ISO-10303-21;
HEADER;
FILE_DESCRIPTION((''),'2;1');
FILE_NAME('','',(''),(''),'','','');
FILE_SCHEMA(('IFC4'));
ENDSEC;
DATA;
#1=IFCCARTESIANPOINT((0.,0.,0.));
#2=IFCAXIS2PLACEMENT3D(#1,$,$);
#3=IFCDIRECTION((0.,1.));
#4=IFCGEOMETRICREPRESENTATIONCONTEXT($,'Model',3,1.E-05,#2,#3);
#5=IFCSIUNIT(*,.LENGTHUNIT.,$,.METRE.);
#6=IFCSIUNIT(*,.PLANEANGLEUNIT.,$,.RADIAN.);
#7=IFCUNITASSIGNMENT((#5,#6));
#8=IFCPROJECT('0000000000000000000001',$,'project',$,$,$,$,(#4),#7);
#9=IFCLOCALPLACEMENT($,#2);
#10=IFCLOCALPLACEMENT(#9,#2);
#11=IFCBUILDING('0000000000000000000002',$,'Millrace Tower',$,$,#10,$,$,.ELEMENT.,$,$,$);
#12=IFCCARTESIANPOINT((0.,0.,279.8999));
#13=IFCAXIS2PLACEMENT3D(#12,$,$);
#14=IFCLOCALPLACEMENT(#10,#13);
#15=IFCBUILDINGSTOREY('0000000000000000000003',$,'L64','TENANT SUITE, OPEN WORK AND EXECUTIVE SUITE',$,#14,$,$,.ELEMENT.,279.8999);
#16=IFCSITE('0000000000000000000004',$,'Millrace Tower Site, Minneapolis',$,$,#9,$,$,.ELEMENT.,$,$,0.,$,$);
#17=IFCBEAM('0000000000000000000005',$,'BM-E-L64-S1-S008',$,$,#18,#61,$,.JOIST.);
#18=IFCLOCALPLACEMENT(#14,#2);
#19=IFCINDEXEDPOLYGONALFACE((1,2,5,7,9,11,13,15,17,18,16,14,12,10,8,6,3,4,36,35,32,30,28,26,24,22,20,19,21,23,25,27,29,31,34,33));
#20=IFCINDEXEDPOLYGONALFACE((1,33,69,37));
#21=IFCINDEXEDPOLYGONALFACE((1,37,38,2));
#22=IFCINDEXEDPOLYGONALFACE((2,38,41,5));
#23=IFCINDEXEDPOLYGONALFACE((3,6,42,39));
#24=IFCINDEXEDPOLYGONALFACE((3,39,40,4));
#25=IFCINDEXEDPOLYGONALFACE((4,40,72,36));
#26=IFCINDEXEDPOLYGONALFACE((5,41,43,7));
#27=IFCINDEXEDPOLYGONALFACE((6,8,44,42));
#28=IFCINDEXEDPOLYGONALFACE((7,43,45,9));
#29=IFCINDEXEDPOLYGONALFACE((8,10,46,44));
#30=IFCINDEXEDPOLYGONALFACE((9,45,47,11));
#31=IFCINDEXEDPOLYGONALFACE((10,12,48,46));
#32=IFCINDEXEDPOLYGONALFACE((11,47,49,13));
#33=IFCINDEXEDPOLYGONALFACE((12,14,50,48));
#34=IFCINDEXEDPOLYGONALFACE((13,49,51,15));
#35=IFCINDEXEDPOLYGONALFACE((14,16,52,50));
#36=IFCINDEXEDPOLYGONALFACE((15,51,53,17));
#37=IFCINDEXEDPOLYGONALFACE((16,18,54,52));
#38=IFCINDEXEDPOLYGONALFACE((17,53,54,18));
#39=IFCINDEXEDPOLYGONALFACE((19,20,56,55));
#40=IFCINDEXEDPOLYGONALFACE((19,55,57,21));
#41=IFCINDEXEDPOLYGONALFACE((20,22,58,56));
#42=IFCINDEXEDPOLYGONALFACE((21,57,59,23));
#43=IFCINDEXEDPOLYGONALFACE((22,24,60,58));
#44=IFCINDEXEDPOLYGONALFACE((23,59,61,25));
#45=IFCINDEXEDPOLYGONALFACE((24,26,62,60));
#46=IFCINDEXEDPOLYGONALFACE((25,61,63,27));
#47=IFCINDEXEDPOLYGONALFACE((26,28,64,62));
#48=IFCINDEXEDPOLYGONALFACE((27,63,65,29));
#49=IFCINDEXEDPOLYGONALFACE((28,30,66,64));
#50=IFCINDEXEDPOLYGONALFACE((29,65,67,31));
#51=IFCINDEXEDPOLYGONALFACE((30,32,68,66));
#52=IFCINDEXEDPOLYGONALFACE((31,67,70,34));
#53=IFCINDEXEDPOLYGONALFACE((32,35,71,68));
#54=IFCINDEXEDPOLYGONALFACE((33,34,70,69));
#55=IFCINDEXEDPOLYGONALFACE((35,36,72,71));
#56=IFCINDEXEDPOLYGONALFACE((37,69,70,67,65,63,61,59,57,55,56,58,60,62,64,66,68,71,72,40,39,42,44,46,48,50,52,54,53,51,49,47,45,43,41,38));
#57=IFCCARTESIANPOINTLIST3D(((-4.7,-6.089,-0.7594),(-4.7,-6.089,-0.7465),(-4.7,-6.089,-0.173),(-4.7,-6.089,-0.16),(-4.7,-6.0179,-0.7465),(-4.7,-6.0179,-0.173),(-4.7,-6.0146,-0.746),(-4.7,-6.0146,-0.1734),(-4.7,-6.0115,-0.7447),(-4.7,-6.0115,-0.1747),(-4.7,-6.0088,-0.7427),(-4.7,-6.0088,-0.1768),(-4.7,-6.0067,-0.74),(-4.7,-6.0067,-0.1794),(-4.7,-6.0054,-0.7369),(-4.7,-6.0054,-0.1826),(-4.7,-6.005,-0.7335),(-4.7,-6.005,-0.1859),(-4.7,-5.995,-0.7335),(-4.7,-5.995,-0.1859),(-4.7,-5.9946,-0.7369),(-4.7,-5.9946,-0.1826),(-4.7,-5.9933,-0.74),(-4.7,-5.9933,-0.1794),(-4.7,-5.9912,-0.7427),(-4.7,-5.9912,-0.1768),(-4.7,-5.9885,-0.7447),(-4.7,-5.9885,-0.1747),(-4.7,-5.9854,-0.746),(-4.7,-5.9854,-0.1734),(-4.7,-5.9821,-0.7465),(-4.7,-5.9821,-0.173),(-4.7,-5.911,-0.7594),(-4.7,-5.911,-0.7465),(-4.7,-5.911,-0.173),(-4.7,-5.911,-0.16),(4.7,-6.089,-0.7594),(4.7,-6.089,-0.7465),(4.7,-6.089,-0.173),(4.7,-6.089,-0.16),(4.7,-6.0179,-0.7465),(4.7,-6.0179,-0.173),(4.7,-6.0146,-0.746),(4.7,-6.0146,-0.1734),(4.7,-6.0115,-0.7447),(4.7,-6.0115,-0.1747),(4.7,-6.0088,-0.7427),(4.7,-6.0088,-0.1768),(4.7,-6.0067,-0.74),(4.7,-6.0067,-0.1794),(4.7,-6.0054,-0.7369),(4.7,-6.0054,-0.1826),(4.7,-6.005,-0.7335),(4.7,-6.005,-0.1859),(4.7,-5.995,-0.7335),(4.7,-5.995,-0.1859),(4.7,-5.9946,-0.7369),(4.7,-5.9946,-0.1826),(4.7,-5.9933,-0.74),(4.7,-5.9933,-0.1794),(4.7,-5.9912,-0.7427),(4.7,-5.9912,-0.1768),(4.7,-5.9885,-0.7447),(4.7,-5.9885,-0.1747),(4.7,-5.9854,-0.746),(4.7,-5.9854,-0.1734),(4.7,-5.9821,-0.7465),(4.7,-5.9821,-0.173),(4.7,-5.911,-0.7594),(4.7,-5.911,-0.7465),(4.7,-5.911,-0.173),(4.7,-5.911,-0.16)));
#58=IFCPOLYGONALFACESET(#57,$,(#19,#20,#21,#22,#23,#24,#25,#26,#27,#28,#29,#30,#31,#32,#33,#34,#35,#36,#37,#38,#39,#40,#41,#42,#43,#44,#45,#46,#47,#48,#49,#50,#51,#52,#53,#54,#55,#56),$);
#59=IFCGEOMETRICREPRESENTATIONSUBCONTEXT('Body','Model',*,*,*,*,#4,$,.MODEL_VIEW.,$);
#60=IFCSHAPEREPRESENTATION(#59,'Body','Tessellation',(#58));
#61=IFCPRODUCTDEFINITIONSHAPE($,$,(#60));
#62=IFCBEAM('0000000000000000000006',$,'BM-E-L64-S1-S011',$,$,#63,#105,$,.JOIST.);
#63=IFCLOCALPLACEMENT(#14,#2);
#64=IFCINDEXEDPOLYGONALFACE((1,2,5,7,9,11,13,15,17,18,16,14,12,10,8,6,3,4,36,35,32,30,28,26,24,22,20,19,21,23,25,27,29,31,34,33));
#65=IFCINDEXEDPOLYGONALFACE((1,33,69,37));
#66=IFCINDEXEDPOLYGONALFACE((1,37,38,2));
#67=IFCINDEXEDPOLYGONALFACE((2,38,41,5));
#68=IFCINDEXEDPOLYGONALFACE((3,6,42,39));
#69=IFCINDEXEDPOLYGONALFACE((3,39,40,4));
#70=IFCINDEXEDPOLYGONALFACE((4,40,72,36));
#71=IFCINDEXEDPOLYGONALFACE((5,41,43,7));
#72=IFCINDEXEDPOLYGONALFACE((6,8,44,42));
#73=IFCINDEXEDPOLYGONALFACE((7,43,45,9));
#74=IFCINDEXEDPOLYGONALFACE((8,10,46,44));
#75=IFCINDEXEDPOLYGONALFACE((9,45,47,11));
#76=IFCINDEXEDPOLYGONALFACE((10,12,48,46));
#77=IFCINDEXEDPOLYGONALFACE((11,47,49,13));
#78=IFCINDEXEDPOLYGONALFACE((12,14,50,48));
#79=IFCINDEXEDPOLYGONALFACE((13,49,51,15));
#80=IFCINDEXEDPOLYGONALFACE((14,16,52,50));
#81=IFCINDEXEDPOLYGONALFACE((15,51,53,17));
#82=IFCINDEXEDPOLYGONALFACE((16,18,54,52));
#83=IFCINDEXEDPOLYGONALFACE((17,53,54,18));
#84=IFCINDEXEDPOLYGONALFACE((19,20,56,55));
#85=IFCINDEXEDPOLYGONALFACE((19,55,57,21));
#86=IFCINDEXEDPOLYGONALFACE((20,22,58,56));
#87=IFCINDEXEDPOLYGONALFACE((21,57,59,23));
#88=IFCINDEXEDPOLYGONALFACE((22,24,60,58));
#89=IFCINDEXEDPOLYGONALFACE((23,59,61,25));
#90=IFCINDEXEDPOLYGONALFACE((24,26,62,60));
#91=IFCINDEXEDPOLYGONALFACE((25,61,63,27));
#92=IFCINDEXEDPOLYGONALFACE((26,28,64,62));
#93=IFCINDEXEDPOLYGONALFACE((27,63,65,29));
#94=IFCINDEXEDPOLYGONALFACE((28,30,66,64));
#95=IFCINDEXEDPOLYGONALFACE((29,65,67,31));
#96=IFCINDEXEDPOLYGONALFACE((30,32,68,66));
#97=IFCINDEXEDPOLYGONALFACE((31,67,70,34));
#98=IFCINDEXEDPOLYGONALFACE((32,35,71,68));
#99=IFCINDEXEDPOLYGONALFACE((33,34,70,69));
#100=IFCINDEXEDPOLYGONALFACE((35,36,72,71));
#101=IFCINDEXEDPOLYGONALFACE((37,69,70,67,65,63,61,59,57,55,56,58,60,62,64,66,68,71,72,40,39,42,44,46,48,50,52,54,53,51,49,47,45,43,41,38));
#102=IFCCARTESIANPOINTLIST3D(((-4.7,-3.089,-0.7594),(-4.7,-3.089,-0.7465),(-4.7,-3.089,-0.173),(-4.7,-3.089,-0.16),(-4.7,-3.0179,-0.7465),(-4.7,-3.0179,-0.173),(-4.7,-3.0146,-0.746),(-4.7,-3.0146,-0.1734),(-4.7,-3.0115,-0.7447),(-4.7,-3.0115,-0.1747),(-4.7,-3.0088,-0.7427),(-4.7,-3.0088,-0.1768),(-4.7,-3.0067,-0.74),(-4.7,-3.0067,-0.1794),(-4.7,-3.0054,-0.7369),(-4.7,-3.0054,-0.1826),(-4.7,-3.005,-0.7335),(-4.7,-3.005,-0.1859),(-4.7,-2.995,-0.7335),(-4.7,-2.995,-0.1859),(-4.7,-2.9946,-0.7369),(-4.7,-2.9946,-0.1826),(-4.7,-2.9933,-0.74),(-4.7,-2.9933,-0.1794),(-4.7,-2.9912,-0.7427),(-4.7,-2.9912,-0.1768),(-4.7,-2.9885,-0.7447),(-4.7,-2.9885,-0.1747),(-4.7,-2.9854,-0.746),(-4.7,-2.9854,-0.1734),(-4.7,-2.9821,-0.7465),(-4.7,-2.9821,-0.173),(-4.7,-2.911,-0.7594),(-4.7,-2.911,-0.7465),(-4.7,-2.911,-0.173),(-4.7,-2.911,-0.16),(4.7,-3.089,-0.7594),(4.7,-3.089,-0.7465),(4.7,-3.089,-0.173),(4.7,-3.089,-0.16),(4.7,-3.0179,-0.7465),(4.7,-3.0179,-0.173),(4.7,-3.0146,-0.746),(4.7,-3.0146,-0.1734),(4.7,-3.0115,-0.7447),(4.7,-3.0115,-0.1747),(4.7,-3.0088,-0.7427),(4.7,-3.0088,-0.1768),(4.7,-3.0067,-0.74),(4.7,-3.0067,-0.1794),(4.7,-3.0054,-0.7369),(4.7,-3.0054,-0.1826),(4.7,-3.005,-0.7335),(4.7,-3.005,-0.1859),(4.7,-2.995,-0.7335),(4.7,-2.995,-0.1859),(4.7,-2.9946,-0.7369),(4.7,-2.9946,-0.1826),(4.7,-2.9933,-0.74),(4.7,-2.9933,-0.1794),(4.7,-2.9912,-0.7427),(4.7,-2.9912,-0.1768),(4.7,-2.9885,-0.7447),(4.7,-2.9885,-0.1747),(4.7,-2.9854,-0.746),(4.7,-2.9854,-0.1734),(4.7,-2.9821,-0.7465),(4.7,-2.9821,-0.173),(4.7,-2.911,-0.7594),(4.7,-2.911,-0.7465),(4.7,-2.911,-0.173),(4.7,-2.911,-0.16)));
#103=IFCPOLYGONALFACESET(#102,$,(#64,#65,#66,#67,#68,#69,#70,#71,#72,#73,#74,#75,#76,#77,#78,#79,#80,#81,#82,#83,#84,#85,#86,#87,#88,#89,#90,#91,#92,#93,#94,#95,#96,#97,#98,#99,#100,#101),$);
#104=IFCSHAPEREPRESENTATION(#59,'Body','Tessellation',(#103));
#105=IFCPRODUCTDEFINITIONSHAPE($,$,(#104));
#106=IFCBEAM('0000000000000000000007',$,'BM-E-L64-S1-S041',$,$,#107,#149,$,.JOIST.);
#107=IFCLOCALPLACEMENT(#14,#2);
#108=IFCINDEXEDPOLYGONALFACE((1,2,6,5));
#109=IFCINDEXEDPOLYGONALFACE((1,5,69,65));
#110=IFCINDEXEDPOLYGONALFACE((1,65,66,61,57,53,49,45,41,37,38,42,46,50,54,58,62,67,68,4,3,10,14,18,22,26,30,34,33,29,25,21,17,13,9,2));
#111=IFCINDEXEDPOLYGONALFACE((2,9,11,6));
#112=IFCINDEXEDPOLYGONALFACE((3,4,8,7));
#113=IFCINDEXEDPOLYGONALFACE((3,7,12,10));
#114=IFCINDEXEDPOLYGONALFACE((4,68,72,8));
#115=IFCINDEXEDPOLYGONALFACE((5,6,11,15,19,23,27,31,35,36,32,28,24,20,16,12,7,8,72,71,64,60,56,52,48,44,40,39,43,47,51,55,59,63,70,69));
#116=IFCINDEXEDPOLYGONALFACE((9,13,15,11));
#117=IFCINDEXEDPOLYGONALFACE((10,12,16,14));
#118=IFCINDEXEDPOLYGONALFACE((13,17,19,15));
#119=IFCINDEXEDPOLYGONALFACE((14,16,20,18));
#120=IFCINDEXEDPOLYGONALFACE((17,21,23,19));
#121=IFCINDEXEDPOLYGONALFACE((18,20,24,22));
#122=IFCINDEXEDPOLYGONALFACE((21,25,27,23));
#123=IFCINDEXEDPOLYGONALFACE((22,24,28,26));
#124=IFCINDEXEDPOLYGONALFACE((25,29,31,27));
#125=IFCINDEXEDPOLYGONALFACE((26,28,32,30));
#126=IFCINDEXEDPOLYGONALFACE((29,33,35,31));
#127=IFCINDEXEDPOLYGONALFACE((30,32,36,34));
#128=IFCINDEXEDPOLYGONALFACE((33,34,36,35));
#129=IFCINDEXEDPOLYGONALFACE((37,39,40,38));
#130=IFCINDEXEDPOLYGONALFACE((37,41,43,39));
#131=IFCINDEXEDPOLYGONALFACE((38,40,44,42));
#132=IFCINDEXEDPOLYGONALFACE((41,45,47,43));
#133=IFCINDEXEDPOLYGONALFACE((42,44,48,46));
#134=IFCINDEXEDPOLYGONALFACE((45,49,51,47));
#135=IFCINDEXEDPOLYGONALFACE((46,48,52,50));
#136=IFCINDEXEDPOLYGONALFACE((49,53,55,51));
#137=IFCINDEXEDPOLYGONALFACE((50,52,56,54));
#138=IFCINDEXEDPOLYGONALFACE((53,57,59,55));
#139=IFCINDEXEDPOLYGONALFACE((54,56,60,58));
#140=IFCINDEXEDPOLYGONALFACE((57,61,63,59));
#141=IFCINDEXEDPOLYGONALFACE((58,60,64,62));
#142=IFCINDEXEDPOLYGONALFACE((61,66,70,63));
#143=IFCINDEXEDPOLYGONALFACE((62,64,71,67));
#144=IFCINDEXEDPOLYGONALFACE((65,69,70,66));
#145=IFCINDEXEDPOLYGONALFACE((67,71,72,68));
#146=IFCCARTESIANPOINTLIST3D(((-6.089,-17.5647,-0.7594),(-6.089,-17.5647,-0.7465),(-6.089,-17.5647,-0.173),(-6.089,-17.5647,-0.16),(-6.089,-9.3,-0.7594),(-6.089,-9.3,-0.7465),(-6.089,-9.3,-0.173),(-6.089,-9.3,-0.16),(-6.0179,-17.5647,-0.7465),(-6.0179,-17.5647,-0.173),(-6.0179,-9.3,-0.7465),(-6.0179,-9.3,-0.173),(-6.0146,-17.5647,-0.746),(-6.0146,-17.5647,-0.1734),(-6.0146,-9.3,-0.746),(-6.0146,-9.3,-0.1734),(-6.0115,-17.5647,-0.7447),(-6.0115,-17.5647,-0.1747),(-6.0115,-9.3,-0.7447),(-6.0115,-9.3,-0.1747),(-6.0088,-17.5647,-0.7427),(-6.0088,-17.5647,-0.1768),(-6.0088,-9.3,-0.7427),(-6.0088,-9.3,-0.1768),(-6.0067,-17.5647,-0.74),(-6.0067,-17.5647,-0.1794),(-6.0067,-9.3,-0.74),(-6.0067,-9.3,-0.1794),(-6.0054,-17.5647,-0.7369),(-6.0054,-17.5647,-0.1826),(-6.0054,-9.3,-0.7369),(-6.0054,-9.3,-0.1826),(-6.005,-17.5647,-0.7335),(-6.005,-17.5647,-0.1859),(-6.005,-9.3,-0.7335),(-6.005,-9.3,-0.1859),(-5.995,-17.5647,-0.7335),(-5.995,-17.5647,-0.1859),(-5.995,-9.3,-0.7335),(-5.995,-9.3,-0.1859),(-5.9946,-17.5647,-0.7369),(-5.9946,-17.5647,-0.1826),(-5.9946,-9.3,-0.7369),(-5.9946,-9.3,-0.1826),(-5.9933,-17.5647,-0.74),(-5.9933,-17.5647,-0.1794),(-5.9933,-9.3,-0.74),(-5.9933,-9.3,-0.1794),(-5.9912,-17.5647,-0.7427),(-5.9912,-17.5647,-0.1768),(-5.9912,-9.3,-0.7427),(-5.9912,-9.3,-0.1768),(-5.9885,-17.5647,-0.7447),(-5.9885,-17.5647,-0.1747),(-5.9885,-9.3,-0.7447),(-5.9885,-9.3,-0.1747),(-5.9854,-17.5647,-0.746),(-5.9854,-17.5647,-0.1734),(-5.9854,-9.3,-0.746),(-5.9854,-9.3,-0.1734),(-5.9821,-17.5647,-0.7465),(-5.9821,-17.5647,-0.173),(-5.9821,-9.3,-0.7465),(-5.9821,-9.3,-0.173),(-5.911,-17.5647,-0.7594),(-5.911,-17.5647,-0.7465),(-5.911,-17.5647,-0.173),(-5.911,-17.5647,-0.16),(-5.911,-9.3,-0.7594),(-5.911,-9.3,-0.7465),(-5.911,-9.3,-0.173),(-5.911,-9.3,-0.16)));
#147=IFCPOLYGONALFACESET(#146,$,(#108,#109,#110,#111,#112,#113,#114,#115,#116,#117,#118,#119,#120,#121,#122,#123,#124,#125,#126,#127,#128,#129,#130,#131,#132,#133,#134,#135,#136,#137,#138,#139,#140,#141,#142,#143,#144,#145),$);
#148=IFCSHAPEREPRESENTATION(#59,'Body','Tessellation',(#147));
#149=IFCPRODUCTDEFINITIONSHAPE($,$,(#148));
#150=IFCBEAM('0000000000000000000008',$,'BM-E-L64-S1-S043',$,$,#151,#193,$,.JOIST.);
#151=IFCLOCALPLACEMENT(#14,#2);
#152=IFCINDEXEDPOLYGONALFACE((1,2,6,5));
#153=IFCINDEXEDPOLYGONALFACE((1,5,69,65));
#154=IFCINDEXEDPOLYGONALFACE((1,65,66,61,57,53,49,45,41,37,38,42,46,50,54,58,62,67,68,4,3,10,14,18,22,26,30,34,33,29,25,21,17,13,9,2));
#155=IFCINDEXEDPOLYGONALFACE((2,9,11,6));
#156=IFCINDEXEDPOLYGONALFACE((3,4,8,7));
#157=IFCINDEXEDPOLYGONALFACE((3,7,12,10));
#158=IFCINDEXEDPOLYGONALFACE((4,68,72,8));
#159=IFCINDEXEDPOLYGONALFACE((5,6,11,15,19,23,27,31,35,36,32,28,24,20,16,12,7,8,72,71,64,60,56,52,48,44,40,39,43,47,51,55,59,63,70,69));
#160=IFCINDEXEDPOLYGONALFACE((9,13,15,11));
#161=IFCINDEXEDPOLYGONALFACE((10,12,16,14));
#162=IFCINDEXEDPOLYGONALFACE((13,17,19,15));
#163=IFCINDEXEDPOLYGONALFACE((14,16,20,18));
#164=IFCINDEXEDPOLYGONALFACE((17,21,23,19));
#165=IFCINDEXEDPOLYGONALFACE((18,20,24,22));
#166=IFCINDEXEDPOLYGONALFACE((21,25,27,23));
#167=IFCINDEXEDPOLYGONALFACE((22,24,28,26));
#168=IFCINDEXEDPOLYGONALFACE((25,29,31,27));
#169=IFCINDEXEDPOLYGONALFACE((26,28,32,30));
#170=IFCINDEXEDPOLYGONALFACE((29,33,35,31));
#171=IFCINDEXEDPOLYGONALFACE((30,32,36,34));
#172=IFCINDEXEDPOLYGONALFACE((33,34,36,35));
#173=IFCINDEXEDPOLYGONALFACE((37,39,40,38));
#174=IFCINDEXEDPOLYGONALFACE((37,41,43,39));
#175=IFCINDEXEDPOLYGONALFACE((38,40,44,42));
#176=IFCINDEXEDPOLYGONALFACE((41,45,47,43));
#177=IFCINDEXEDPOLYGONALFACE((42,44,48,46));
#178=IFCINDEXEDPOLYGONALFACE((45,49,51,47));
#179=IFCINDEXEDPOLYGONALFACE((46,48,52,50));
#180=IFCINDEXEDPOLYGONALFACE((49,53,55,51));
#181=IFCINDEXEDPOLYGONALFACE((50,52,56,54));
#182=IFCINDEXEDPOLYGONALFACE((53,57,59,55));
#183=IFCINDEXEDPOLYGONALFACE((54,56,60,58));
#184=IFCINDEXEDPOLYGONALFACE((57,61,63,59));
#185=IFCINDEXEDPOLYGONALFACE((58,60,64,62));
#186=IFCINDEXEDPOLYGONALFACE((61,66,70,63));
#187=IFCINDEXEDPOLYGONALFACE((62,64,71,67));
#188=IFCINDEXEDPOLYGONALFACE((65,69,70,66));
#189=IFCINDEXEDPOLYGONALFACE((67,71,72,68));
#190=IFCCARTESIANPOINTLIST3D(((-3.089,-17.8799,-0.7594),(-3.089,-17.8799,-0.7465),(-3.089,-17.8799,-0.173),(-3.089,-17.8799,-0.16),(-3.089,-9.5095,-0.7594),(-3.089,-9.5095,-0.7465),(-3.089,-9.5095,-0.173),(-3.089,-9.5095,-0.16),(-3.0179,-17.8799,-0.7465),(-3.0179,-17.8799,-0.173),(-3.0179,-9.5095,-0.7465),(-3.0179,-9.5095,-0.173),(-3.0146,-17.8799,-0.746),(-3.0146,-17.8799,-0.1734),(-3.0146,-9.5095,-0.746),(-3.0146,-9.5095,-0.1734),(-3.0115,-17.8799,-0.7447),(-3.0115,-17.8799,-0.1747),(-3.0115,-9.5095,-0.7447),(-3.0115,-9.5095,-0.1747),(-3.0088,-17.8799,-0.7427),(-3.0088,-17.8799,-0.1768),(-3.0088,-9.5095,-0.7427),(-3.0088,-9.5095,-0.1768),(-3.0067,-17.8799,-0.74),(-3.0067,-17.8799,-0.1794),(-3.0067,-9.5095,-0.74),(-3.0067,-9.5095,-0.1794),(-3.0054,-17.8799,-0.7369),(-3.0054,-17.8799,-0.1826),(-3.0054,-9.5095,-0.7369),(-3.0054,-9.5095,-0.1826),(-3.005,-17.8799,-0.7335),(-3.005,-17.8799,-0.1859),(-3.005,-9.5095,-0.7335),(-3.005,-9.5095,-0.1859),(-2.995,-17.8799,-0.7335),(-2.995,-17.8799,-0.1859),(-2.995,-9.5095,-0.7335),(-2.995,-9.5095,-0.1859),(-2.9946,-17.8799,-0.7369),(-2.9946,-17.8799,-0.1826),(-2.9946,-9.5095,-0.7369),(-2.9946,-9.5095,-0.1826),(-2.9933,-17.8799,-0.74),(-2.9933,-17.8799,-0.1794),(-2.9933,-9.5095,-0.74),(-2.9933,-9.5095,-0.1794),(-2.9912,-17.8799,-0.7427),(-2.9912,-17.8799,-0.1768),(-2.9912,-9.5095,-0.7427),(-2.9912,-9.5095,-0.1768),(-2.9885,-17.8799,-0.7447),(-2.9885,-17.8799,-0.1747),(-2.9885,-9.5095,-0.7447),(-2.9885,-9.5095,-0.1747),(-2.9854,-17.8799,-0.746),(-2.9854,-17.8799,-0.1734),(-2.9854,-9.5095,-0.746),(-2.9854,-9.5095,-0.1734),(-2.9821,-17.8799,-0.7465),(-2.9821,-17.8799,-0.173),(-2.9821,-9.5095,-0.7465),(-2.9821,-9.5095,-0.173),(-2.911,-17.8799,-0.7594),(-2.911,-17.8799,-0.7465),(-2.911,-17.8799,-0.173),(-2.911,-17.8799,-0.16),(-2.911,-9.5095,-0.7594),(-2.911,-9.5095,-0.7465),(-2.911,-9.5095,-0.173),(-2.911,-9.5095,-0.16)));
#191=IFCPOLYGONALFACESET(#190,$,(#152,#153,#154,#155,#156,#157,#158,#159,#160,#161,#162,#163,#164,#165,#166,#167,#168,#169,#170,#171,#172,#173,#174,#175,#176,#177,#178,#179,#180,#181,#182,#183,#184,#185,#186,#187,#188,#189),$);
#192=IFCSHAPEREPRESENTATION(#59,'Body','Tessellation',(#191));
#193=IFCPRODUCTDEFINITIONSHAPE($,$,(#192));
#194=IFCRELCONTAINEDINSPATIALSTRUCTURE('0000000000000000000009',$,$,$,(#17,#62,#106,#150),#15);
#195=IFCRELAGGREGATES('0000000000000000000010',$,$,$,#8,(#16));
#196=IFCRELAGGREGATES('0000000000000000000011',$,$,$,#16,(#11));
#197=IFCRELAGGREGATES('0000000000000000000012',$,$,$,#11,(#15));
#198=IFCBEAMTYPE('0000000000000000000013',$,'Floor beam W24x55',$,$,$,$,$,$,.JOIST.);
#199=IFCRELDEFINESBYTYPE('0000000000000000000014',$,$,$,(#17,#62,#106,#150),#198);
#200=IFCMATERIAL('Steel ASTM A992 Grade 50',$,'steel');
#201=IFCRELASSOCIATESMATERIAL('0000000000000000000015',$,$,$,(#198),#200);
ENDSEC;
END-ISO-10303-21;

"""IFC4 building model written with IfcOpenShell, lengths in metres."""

from ifc_helpers import new_model, si_unit, direction, frame, origin, origin_2d, place, context, subcontext, project, spatial, i_section, extrude, material, material_profile, profile_set, type_object, element, save


model = new_model("IFC4")

# Units and contexts
model_context = context("Model", 3, precision=1e-05, world=origin(), true_north=direction((0.0, 1.0)))
body_context = subcontext(model_context, "Body", "Model", "MODEL_VIEW")
ifc_project = project(units=[si_unit("LENGTHUNIT", "METRE"), si_unit("PLANEANGLEUNIT", "RADIAN")], contexts=[model_context])

# Site, building, storey
site_placement = place(None, origin())
site = spatial("IfcSite", under=ifc_project, at=site_placement, Name="Millrace Tower Site, Minneapolis", CompositionType="ELEMENT", RefElevation=0.0)
building_placement = place(site_placement, origin())
building = spatial("IfcBuilding", under=site, at=building_placement, Name="Millrace Tower", CompositionType="ELEMENT")
storey_placement = place(building_placement, frame((0.0, 0.0, 279.8999)))
storey = spatial("IfcBuildingStorey", under=building, at=storey_placement, Name="L64", Description="TENANT SUITE, OPEN WORK AND EXECUTIVE SUITE", CompositionType="ELEMENT", Elevation=279.8999)

# Beams
ifc_material_1 = material(Name="Steel ASTM A992 Grade 50", Category="steel")
ifc_material_profile_1 = material_profile(ifc_material_1, i_section(OverallWidth=0.178, OverallDepth=0.5994, WebThickness=0.01, FlangeThickness=0.0129, FilletRadius=0.0129, at=origin_2d()))
ifc_profile_set_1 = profile_set([ifc_material_profile_1], Name="Steel ASTM A992 Grade 50")
beam_type_1 = type_object("IfcBeamType", Name="Floor beam W24x55", PredefinedType="JOIST", material=ifc_profile_set_1)
for number, where, z_axis, x_axis, name in (
    (1, (-4.7, -6.0, -0.4597), (1.0, 0.0, 0.0), (0.0, 1.0, 0.0), "BM-E-L64-S1-S008"),
    (2, (-4.7, -3.0, -0.4597), (1.0, 0.0, 0.0), (0.0, 1.0, 0.0), "BM-E-L64-S1-S011"),
):
    element("IfcBeam", number, at=place(storey_placement, frame(where, z_axis=z_axis, x_axis=x_axis)), inside=storey, type_object=beam_type_1, Name=name, PredefinedType="JOIST", context=body_context, shape_type="SweptSolid", body=[
        extrude(i_section(OverallWidth=0.178, OverallDepth=0.5994, WebThickness=0.01, FlangeThickness=0.0129, FilletRadius=0.0129, at=origin_2d()), origin(), (0.0, 0.0, 1.0), 9.3999),
    ])
beam_1_placement = place(storey_placement, frame((-6.0, -17.5647, -0.4597), z_axis=(0.0, 1.0, 0.0), x_axis=(-1.0, 0.0, 0.0)))
element("IfcBeam", 3, at=beam_1_placement, inside=storey, type_object=beam_type_1, Name="BM-E-L64-S1-S041", PredefinedType="JOIST", context=body_context, shape_type="SweptSolid", body=[
    extrude(i_section(OverallWidth=0.178, OverallDepth=0.5994, WebThickness=0.01, FlangeThickness=0.0129, FilletRadius=0.0129, at=origin_2d()), origin(), (0.0, 0.0, 1.0), 8.2646),
])
beam_2_placement = place(storey_placement, frame((-3.0, -17.8799, -0.4597), z_axis=(0.0, 1.0, 0.0), x_axis=(-1.0, 0.0, 0.0)))
element("IfcBeam", 4, at=beam_2_placement, inside=storey, type_object=beam_type_1, Name="BM-E-L64-S1-S043", PredefinedType="JOIST", context=body_context, shape_type="SweptSolid", body=[
    extrude(i_section(OverallWidth=0.178, OverallDepth=0.5994, WebThickness=0.01, FlangeThickness=0.0129, FilletRadius=0.0129, at=origin_2d()), origin(), (0.0, 0.0, 1.0), 8.3704),
])

save(model, "model.ifc")
